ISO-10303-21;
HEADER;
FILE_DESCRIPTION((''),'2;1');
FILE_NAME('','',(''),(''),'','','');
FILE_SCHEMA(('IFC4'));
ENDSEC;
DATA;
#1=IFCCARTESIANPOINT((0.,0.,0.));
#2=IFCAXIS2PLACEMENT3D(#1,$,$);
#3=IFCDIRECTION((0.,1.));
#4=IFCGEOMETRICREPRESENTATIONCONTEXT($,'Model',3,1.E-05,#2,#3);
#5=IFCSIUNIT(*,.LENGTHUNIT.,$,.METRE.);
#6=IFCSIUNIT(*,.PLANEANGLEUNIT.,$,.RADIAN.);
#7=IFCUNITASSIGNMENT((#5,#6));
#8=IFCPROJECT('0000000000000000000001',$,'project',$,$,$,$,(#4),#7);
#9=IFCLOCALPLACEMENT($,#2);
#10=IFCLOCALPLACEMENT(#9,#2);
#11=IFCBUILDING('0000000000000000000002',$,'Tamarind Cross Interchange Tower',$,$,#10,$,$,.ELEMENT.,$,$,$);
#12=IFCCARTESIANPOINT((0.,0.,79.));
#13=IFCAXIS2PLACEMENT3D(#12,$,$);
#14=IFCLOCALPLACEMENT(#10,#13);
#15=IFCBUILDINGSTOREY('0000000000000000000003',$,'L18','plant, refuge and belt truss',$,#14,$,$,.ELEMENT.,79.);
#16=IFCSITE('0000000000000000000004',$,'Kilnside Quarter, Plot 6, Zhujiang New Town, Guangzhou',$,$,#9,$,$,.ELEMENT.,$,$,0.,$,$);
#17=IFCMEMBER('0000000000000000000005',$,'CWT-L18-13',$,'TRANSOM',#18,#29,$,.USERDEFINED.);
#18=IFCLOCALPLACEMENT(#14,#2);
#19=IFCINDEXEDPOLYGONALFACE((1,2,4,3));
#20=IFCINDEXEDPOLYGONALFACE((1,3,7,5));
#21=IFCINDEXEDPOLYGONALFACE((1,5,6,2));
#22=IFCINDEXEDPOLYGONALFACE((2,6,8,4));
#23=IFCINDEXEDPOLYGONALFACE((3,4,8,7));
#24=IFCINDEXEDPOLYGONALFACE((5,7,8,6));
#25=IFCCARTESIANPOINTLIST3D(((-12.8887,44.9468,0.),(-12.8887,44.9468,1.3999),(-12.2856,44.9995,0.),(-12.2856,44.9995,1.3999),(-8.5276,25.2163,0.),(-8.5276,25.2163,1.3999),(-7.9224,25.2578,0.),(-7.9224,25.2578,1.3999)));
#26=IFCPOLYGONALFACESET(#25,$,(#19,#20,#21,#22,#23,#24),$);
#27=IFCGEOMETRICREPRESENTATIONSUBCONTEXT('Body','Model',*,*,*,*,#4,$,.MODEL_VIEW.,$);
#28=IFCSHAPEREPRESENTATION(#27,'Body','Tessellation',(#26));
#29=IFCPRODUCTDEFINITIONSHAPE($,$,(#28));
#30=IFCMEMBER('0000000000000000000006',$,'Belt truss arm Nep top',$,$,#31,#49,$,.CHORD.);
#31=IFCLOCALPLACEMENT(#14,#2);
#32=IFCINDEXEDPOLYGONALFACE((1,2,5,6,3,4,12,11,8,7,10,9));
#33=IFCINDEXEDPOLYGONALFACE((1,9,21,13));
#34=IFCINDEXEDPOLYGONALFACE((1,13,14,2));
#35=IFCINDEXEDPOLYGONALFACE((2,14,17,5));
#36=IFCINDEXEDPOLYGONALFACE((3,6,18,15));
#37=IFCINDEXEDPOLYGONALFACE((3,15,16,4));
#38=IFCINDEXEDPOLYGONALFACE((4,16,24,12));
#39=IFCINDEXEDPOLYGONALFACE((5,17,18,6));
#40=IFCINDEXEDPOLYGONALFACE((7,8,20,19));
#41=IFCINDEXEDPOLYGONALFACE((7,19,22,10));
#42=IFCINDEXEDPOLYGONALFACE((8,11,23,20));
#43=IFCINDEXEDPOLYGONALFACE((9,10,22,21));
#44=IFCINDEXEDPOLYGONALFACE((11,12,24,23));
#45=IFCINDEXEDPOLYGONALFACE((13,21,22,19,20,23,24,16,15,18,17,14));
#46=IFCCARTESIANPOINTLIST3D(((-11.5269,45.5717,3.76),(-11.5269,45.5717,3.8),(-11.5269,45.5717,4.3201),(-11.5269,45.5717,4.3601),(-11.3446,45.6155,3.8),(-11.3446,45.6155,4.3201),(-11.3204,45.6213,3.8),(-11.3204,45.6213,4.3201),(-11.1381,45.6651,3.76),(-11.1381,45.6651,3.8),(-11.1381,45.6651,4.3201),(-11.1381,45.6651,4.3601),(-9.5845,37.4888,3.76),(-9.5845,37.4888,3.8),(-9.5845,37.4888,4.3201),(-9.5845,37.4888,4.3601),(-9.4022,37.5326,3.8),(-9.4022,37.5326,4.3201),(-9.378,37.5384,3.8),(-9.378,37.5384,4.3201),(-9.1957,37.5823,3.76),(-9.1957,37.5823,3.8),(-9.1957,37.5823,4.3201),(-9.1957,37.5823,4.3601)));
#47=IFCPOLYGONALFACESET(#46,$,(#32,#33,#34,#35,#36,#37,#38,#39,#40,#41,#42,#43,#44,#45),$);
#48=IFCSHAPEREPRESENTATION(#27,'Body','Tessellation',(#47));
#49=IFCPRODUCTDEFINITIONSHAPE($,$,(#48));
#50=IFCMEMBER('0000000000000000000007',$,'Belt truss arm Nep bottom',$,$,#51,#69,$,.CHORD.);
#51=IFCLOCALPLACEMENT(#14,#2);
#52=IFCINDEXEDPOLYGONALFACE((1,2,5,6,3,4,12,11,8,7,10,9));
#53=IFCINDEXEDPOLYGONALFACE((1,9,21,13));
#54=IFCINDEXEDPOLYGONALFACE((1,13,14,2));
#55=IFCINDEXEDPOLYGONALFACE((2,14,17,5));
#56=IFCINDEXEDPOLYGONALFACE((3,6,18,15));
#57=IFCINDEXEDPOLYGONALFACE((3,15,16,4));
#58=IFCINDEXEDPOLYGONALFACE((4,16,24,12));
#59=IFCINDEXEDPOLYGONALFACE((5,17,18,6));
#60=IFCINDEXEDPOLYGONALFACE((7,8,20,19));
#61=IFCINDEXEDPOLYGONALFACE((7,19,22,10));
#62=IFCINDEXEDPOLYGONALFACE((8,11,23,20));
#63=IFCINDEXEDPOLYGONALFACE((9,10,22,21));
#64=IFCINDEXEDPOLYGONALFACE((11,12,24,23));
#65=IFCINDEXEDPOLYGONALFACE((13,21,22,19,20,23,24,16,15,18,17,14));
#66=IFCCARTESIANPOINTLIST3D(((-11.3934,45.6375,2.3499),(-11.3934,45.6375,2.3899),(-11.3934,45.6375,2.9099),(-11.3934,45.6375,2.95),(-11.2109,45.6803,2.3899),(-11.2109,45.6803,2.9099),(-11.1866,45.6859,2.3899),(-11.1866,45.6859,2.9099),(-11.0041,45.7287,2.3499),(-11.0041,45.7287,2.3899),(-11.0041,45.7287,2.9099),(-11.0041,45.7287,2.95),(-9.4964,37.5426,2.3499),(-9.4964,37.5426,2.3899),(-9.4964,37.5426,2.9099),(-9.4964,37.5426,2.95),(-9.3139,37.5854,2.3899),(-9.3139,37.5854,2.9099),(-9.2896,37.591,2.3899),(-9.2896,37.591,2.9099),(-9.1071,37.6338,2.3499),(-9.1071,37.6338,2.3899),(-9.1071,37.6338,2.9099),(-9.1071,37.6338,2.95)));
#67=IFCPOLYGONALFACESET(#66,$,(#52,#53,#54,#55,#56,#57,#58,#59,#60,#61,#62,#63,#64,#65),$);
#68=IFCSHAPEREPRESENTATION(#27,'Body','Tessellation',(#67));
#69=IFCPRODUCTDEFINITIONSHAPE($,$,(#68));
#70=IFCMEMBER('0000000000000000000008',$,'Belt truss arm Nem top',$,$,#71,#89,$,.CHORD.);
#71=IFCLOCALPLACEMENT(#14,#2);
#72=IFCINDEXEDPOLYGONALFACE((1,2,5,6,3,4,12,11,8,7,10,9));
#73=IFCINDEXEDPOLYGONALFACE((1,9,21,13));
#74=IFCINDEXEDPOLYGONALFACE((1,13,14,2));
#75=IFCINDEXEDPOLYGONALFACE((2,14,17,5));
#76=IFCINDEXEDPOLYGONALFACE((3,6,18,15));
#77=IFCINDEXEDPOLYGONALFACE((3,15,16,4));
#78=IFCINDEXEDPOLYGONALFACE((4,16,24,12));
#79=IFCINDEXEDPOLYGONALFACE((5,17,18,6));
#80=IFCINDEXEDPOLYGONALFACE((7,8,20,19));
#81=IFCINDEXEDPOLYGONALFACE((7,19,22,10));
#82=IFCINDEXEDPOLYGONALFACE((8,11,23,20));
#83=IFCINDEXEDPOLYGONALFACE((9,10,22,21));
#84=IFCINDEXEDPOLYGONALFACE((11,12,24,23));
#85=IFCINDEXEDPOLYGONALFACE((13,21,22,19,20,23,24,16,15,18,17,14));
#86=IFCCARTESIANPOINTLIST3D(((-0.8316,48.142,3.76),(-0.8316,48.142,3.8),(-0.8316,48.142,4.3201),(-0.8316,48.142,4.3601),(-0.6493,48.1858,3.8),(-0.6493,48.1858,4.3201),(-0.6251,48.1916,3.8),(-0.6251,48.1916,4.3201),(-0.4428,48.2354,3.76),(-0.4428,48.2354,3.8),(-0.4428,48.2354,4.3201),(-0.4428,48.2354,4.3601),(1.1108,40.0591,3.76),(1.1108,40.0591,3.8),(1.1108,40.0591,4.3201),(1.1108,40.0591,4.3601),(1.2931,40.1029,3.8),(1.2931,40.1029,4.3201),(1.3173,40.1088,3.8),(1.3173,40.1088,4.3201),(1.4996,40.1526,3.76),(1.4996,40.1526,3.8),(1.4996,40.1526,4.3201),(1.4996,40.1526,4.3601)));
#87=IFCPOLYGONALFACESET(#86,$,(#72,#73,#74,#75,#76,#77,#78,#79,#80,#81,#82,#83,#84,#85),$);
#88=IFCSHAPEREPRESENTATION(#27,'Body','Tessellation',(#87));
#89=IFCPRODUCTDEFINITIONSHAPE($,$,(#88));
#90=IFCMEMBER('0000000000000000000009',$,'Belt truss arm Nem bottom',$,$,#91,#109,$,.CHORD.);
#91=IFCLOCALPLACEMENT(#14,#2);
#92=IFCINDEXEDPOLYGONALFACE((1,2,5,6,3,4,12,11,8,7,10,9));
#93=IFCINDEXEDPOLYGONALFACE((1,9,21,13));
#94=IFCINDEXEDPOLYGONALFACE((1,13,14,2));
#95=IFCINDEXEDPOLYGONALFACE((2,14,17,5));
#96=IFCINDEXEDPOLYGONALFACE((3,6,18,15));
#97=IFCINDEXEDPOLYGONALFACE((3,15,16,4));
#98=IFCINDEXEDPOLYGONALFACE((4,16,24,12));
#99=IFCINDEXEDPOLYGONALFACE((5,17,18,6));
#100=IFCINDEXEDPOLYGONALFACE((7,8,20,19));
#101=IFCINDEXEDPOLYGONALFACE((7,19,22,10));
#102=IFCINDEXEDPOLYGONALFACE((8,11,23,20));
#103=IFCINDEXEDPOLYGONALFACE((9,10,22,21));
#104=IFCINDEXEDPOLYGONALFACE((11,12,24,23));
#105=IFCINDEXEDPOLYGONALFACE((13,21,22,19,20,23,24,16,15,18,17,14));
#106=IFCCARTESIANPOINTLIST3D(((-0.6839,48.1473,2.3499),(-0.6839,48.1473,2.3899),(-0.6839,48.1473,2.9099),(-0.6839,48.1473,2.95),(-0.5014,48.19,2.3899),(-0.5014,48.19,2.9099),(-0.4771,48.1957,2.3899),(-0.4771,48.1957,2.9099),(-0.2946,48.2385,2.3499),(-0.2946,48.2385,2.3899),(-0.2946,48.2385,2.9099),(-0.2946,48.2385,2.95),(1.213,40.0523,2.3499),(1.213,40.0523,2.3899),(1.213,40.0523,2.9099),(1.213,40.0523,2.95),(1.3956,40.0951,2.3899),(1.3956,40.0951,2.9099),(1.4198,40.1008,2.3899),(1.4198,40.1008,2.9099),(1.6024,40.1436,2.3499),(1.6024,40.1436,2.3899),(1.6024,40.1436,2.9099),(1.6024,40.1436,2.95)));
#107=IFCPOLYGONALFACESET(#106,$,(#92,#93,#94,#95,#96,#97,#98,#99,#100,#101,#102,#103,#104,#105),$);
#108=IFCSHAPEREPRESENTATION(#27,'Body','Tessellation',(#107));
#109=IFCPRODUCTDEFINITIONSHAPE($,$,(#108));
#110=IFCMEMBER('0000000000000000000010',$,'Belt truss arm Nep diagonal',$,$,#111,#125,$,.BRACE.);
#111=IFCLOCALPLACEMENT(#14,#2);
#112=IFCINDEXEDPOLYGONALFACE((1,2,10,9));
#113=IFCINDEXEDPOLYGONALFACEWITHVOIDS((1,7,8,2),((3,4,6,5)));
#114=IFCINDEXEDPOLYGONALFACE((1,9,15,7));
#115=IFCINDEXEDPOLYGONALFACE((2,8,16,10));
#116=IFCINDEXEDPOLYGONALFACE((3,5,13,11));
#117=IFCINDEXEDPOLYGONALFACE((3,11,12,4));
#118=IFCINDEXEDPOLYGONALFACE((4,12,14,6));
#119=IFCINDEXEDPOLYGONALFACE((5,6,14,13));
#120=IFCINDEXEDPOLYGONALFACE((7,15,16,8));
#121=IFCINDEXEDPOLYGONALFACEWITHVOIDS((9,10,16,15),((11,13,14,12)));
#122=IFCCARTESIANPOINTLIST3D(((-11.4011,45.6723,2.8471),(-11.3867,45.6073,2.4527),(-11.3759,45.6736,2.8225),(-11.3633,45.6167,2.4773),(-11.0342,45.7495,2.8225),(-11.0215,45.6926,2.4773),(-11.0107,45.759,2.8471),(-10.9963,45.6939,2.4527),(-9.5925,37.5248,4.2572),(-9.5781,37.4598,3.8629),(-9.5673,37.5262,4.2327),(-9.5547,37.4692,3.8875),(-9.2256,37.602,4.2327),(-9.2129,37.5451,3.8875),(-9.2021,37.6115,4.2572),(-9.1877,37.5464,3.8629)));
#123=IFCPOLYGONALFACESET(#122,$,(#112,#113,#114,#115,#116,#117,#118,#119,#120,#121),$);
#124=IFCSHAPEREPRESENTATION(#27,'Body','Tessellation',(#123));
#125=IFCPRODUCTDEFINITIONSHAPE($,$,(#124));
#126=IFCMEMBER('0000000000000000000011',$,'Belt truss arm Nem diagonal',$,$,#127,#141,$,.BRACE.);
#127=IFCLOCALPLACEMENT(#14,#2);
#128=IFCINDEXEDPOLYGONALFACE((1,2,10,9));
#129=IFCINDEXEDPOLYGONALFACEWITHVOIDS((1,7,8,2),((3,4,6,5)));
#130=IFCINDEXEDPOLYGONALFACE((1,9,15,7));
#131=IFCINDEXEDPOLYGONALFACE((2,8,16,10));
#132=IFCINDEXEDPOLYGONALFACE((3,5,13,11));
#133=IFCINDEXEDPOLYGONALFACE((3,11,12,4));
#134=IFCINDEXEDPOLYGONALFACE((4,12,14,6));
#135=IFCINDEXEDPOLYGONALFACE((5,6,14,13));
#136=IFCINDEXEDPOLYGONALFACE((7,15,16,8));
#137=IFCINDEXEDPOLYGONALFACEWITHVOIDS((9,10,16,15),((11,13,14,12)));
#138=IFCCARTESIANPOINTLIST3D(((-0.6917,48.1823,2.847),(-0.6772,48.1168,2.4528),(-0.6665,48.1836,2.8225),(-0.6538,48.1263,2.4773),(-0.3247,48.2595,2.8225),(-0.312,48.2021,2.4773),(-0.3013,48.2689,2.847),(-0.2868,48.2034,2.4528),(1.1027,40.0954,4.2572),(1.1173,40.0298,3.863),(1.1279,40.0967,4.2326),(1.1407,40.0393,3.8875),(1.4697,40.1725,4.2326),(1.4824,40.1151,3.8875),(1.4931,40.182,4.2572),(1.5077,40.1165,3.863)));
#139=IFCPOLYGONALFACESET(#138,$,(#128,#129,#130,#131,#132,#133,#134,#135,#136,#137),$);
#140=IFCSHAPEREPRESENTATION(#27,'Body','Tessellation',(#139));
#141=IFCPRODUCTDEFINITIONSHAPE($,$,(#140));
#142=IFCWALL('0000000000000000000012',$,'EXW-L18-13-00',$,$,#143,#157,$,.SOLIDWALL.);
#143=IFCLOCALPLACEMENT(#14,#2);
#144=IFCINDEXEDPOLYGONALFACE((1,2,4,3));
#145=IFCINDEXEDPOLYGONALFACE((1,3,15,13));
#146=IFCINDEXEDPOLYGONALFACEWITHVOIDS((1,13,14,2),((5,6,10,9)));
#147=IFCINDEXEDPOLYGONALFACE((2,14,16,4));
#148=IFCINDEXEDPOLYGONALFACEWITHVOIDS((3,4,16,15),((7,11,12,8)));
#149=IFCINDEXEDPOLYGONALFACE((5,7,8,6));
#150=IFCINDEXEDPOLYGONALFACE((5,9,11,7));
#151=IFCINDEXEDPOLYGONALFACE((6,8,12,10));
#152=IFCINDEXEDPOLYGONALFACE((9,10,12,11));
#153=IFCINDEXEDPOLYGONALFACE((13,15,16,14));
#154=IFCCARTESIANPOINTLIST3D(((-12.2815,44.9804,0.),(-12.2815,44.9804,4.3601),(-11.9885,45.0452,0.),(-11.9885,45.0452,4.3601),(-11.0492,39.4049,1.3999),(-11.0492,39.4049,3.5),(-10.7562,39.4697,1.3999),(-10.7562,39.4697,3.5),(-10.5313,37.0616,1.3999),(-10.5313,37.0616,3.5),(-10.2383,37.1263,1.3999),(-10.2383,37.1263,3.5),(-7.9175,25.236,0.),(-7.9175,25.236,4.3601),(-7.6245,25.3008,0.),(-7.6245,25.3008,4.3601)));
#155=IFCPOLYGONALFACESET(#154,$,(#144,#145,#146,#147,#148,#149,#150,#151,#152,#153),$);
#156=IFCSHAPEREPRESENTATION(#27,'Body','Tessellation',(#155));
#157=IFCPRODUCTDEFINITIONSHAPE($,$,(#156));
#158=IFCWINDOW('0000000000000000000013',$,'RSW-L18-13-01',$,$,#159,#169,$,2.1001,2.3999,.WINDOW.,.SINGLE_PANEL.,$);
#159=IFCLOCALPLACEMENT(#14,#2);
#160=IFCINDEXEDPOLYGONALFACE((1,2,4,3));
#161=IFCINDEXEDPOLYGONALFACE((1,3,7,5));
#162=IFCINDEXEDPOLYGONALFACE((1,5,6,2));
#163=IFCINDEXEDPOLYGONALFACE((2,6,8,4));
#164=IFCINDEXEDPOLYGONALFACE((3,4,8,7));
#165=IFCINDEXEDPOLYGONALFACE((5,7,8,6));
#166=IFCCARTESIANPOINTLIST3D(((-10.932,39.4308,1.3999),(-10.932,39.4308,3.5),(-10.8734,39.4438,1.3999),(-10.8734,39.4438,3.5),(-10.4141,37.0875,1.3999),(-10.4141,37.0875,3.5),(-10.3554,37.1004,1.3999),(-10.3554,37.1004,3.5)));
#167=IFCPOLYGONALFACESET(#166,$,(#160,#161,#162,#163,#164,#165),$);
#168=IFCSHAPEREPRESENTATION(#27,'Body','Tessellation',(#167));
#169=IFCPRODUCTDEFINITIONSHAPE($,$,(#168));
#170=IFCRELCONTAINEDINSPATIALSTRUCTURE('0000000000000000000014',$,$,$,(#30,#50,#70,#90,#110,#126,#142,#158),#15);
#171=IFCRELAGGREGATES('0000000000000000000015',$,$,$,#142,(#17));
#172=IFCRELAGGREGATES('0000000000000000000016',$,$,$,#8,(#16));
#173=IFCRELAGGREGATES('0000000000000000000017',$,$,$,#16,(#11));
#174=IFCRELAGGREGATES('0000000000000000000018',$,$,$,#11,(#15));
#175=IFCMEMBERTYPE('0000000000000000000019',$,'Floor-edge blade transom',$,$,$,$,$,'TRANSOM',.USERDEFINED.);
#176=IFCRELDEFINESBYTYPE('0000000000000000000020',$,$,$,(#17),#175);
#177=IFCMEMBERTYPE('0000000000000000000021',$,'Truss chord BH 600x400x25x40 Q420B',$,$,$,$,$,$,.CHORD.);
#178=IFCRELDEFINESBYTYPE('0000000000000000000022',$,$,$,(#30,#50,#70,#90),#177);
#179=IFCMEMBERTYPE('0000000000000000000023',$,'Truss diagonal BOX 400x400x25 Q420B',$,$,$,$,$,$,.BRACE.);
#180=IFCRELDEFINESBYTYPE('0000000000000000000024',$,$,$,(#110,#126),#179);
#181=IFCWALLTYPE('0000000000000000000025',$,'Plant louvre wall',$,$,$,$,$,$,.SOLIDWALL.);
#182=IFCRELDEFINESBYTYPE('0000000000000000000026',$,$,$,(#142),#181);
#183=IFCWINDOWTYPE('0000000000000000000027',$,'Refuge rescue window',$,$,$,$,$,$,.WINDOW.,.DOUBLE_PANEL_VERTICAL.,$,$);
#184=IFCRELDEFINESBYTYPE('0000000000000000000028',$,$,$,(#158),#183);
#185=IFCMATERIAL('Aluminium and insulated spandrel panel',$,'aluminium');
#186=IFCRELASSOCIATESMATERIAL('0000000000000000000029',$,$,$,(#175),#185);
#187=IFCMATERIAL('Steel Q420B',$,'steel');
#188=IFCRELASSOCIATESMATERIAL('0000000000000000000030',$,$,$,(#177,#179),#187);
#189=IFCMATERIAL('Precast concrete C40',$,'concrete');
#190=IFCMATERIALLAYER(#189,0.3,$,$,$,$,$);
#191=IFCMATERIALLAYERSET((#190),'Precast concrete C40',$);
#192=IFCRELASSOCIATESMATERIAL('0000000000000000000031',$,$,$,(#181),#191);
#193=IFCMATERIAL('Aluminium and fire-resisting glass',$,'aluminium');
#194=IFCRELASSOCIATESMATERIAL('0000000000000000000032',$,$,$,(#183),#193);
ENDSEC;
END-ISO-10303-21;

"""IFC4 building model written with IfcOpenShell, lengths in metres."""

from ifc_helpers import new_model, si_unit, direction, frame, frame_2d, origin, origin_2d, place, context, subcontext, project, spatial, polyline, rectangle, hollow_rectangle, i_section, outline, extrude, material, layer, layer_set, material_profile, profile_set, type_object, element, fill, aggregate, save


model = new_model("IFC4")

# Units and contexts
model_context = context("Model", 3, precision=1e-05, world=origin(), true_north=direction((0.0, 1.0)))
body_context = subcontext(model_context, "Body", "Model", "MODEL_VIEW")
ifc_project = project(units=[si_unit("LENGTHUNIT", "METRE"), si_unit("PLANEANGLEUNIT", "RADIAN")], contexts=[model_context])

# Site, building, storey
site_placement = place(None, origin())
site = spatial("IfcSite", under=ifc_project, at=site_placement, Name="Kilnside Quarter, Plot 6, Zhujiang New Town, Guangzhou", CompositionType="ELEMENT", RefElevation=0.0)
building_placement = place(site_placement, origin())
building = spatial("IfcBuilding", under=site, at=building_placement, Name="Tamarind Cross Interchange Tower", CompositionType="ELEMENT")
storey_placement = place(building_placement, frame((0.0, 0.0, 79.0)))
storey = spatial("IfcBuildingStorey", under=building, at=storey_placement, Name="L18", Description="plant, refuge and belt truss", CompositionType="ELEMENT", Elevation=79.0)

# Member
ifc_material_1 = material(Name="Aluminium and insulated spandrel panel", Category="aluminium")
member_type_1 = type_object("IfcMemberType", Name="Floor-edge blade transom", ElementType="TRANSOM", PredefinedType="USERDEFINED", material=ifc_material_1)
member_1_placement = place(storey_placement, origin())
member_1 = element("IfcMember", 1, at=member_1_placement, type_object=member_type_1, Name="CWT-L18-13", ObjectType="TRANSOM", PredefinedType="USERDEFINED", context=body_context, shape_type="SweptSolid", body=[
    extrude(outline(polyline([(-12.2856, 44.9995), (-7.9224, 25.2578), (-8.5276, 25.2163), (-12.8887, 44.9468), (-12.2856, 44.9995)])), origin(), (0.0, 0.0, 1.0), 1.3999),
])

# Members
ifc_material_2 = material(Name="Steel Q420B", Category="steel")
ifc_material_profile_1 = material_profile(ifc_material_2, i_section(OverallWidth=0.3999, OverallDepth=0.6001, WebThickness=0.0249, FlangeThickness=0.04, at=origin_2d()), Name="BH 600x400x25x40")
ifc_profile_set_1 = profile_set([ifc_material_profile_1], Name="Steel Q420B")
member_type_2 = type_object("IfcMemberType", Name="Truss chord BH 600x400x25x40 Q420B", PredefinedType="CHORD", material=ifc_profile_set_1)
member_2_placement = place(storey_placement, frame((-11.3325, 45.6184, 4.0601), z_axis=(0.23366, -0.972318, 0.0), x_axis=(0.972318, 0.23366, 0.0)))
element("IfcMember", 2, at=member_2_placement, inside=storey, type_object=member_type_2, Name="Belt truss arm Nep top", PredefinedType="CHORD", context=body_context, shape_type="SweptSolid", body=[
    extrude(i_section(OverallWidth=0.3999, OverallDepth=0.6001, WebThickness=0.0249, FlangeThickness=0.04, at=origin_2d()), origin(), (0.0, 0.0, 1.0), 8.313),
])
member_3_placement = place(storey_placement, frame((-11.1987, 45.6831, 2.6499), z_axis=(0.228159, -0.973624, 0.0), x_axis=(0.973624, 0.228159, 0.0)))
element("IfcMember", 3, at=member_3_placement, inside=storey, type_object=member_type_2, Name="Belt truss arm Nep bottom", PredefinedType="CHORD", context=body_context, shape_type="SweptSolid", body=[
    extrude(i_section(OverallWidth=0.3999, OverallDepth=0.6001, WebThickness=0.0249, FlangeThickness=0.04, at=origin_2d()), origin(), (0.0, 0.0, 1.0), 8.3142),
])
member_4_placement = place(storey_placement, frame((-0.6372, 48.1887, 4.0601), z_axis=(0.23366, -0.972318, 0.0), x_axis=(0.972318, 0.23366, 0.0)))
element("IfcMember", 4, at=member_4_placement, inside=storey, type_object=member_type_2, Name="Belt truss arm Nem top", PredefinedType="CHORD", context=body_context, shape_type="SweptSolid", body=[
    extrude(i_section(OverallWidth=0.3999, OverallDepth=0.6001, WebThickness=0.0249, FlangeThickness=0.04, at=origin_2d()), origin(), (0.0, 0.0, 1.0), 8.313),
])
member_5_placement = place(storey_placement, frame((-0.4893, 48.1929, 2.6499), z_axis=(0.228159, -0.973624, 0.0), x_axis=(0.973624, 0.228159, 0.0)))
element("IfcMember", 5, at=member_5_placement, inside=storey, type_object=member_type_2, Name="Belt truss arm Nem bottom", PredefinedType="CHORD", context=body_context, shape_type="SweptSolid", body=[
    extrude(i_section(OverallWidth=0.3999, OverallDepth=0.6001, WebThickness=0.0249, FlangeThickness=0.04, at=origin_2d()), origin(), (0.0, 0.0, 1.0), 8.3142),
])
ifc_material_profile_2 = material_profile(ifc_material_2, hollow_rectangle(XDim=0.3999, YDim=0.3999, WallThickness=0.0249, at=origin_2d()), Name="BOX 400x400x25")
ifc_profile_set_2 = profile_set([ifc_material_profile_2], Name="Steel Q420B")
member_type_3 = type_object("IfcMemberType", Name="Truss diagonal BOX 400x400x25 Q420B", PredefinedType="BRACE", material=ifc_profile_set_2)
member_6_placement = place(storey_placement, frame((-11.1987, 45.6831, 2.6499), z_axis=(0.213679, -0.962592, 0.166605), x_axis=(0.976237, 0.216707, 0.0)))
element("IfcMember", 6, at=member_6_placement, inside=storey, type_object=member_type_3, Name="Belt truss arm Nep diagonal", PredefinedType="BRACE", context=body_context, shape_type="SweptSolid", body=[
    extrude(hollow_rectangle(XDim=0.3999, YDim=0.3999, WallThickness=0.0249, at=origin_2d()), origin(), (0.0, 0.0, 1.0), 8.4641),
])
member_7_placement = place(storey_placement, frame((-0.4893, 48.1929, 2.6499), z_axis=(0.213552, -0.962409, 0.16782), x_axis=(0.976255, 0.216625, 0.0)))
element("IfcMember", 7, at=member_7_placement, inside=storey, type_object=member_type_3, Name="Belt truss arm Nem diagonal", PredefinedType="BRACE", context=body_context, shape_type="SweptSolid", body=[
    extrude(hollow_rectangle(XDim=0.3999, YDim=0.3999, WallThickness=0.0249, at=origin_2d()), origin(), (0.0, 0.0, 1.0), 8.4028),
])

# Shared definitions
ifc_material_3 = material(Name="Precast concrete C40", Category="concrete")
ifc_layer_1 = layer(ifc_material_3, 0.3)
ifc_layer_set_1 = layer_set([ifc_layer_1], Name="Precast concrete C40")
wall_type_1 = type_object("IfcWallType", Name="Plant louvre wall", PredefinedType="SOLIDWALL", material=ifc_layer_set_1)

# Wall, opening, window
wall_1_placement = place(storey_placement, frame((-12.135, 45.0127, 0.0), z_axis=(0.0, 0.0, 1.0), x_axis=(0.215817, -0.976434, 0.0)))
wall_1 = element("IfcWall", 8, at=wall_1_placement, inside=storey, type_object=wall_type_1, Name="EXW-L18-13-00", PredefinedType="SOLIDWALL", context=body_context, shape_type="SweptSolid", body=[
    extrude(rectangle(XDim=20.2209, YDim=0.3, at=frame_2d((10.1104, 0.0))), origin(), (0.0, 0.0, 1.0), 4.3601),
])
opening_1_placement = place(wall_1_placement, frame((5.71, 0.0, 1.3999)))
opening_1 = element("IfcOpeningElement", 9, at=opening_1_placement, cuts=wall_1, PredefinedType="OPENING", context=body_context, shape_type="SweptSolid", body=[
    extrude(rectangle(XDim=2.3999, YDim=2.1001, at=frame_2d((1.2, 1.05))), frame((0.0, 0.1599, 0.0), z_axis=(0.0, -1.0, 0.0), x_axis=(1.0, 0.0, 0.0)), (0.0, 0.0, 1.0), 0.3201),
])
ifc_material_4 = material(Name="Aluminium and fire-resisting glass", Category="aluminium")
window_type_1 = type_object("IfcWindowType", Name="Refuge rescue window", PartitioningType="DOUBLE_PANEL_VERTICAL", PredefinedType="WINDOW", material=ifc_material_4)
window_1_placement = place(opening_1_placement, origin())
window_1 = element("IfcWindow", 10, at=window_1_placement, inside=storey, type_object=window_type_1, Name="RSW-L18-13-01", OverallHeight=2.1001, OverallWidth=2.3999, PartitioningType="SINGLE_PANEL", PredefinedType="WINDOW", context=body_context, shape_type="SweptSolid", body=[
    extrude(rectangle(XDim=2.3999, YDim=2.1001, at=frame_2d((1.2, 1.05))), frame((0.0, 0.03, 0.0), z_axis=(0.0, -1.0, 0.0), x_axis=(1.0, 0.0, 0.0)), (0.0, 0.0, 1.0), 0.0601),
])
fill(opening_1, window_1)
aggregate(wall_1, [member_1])

save(model, "model.ifc")
